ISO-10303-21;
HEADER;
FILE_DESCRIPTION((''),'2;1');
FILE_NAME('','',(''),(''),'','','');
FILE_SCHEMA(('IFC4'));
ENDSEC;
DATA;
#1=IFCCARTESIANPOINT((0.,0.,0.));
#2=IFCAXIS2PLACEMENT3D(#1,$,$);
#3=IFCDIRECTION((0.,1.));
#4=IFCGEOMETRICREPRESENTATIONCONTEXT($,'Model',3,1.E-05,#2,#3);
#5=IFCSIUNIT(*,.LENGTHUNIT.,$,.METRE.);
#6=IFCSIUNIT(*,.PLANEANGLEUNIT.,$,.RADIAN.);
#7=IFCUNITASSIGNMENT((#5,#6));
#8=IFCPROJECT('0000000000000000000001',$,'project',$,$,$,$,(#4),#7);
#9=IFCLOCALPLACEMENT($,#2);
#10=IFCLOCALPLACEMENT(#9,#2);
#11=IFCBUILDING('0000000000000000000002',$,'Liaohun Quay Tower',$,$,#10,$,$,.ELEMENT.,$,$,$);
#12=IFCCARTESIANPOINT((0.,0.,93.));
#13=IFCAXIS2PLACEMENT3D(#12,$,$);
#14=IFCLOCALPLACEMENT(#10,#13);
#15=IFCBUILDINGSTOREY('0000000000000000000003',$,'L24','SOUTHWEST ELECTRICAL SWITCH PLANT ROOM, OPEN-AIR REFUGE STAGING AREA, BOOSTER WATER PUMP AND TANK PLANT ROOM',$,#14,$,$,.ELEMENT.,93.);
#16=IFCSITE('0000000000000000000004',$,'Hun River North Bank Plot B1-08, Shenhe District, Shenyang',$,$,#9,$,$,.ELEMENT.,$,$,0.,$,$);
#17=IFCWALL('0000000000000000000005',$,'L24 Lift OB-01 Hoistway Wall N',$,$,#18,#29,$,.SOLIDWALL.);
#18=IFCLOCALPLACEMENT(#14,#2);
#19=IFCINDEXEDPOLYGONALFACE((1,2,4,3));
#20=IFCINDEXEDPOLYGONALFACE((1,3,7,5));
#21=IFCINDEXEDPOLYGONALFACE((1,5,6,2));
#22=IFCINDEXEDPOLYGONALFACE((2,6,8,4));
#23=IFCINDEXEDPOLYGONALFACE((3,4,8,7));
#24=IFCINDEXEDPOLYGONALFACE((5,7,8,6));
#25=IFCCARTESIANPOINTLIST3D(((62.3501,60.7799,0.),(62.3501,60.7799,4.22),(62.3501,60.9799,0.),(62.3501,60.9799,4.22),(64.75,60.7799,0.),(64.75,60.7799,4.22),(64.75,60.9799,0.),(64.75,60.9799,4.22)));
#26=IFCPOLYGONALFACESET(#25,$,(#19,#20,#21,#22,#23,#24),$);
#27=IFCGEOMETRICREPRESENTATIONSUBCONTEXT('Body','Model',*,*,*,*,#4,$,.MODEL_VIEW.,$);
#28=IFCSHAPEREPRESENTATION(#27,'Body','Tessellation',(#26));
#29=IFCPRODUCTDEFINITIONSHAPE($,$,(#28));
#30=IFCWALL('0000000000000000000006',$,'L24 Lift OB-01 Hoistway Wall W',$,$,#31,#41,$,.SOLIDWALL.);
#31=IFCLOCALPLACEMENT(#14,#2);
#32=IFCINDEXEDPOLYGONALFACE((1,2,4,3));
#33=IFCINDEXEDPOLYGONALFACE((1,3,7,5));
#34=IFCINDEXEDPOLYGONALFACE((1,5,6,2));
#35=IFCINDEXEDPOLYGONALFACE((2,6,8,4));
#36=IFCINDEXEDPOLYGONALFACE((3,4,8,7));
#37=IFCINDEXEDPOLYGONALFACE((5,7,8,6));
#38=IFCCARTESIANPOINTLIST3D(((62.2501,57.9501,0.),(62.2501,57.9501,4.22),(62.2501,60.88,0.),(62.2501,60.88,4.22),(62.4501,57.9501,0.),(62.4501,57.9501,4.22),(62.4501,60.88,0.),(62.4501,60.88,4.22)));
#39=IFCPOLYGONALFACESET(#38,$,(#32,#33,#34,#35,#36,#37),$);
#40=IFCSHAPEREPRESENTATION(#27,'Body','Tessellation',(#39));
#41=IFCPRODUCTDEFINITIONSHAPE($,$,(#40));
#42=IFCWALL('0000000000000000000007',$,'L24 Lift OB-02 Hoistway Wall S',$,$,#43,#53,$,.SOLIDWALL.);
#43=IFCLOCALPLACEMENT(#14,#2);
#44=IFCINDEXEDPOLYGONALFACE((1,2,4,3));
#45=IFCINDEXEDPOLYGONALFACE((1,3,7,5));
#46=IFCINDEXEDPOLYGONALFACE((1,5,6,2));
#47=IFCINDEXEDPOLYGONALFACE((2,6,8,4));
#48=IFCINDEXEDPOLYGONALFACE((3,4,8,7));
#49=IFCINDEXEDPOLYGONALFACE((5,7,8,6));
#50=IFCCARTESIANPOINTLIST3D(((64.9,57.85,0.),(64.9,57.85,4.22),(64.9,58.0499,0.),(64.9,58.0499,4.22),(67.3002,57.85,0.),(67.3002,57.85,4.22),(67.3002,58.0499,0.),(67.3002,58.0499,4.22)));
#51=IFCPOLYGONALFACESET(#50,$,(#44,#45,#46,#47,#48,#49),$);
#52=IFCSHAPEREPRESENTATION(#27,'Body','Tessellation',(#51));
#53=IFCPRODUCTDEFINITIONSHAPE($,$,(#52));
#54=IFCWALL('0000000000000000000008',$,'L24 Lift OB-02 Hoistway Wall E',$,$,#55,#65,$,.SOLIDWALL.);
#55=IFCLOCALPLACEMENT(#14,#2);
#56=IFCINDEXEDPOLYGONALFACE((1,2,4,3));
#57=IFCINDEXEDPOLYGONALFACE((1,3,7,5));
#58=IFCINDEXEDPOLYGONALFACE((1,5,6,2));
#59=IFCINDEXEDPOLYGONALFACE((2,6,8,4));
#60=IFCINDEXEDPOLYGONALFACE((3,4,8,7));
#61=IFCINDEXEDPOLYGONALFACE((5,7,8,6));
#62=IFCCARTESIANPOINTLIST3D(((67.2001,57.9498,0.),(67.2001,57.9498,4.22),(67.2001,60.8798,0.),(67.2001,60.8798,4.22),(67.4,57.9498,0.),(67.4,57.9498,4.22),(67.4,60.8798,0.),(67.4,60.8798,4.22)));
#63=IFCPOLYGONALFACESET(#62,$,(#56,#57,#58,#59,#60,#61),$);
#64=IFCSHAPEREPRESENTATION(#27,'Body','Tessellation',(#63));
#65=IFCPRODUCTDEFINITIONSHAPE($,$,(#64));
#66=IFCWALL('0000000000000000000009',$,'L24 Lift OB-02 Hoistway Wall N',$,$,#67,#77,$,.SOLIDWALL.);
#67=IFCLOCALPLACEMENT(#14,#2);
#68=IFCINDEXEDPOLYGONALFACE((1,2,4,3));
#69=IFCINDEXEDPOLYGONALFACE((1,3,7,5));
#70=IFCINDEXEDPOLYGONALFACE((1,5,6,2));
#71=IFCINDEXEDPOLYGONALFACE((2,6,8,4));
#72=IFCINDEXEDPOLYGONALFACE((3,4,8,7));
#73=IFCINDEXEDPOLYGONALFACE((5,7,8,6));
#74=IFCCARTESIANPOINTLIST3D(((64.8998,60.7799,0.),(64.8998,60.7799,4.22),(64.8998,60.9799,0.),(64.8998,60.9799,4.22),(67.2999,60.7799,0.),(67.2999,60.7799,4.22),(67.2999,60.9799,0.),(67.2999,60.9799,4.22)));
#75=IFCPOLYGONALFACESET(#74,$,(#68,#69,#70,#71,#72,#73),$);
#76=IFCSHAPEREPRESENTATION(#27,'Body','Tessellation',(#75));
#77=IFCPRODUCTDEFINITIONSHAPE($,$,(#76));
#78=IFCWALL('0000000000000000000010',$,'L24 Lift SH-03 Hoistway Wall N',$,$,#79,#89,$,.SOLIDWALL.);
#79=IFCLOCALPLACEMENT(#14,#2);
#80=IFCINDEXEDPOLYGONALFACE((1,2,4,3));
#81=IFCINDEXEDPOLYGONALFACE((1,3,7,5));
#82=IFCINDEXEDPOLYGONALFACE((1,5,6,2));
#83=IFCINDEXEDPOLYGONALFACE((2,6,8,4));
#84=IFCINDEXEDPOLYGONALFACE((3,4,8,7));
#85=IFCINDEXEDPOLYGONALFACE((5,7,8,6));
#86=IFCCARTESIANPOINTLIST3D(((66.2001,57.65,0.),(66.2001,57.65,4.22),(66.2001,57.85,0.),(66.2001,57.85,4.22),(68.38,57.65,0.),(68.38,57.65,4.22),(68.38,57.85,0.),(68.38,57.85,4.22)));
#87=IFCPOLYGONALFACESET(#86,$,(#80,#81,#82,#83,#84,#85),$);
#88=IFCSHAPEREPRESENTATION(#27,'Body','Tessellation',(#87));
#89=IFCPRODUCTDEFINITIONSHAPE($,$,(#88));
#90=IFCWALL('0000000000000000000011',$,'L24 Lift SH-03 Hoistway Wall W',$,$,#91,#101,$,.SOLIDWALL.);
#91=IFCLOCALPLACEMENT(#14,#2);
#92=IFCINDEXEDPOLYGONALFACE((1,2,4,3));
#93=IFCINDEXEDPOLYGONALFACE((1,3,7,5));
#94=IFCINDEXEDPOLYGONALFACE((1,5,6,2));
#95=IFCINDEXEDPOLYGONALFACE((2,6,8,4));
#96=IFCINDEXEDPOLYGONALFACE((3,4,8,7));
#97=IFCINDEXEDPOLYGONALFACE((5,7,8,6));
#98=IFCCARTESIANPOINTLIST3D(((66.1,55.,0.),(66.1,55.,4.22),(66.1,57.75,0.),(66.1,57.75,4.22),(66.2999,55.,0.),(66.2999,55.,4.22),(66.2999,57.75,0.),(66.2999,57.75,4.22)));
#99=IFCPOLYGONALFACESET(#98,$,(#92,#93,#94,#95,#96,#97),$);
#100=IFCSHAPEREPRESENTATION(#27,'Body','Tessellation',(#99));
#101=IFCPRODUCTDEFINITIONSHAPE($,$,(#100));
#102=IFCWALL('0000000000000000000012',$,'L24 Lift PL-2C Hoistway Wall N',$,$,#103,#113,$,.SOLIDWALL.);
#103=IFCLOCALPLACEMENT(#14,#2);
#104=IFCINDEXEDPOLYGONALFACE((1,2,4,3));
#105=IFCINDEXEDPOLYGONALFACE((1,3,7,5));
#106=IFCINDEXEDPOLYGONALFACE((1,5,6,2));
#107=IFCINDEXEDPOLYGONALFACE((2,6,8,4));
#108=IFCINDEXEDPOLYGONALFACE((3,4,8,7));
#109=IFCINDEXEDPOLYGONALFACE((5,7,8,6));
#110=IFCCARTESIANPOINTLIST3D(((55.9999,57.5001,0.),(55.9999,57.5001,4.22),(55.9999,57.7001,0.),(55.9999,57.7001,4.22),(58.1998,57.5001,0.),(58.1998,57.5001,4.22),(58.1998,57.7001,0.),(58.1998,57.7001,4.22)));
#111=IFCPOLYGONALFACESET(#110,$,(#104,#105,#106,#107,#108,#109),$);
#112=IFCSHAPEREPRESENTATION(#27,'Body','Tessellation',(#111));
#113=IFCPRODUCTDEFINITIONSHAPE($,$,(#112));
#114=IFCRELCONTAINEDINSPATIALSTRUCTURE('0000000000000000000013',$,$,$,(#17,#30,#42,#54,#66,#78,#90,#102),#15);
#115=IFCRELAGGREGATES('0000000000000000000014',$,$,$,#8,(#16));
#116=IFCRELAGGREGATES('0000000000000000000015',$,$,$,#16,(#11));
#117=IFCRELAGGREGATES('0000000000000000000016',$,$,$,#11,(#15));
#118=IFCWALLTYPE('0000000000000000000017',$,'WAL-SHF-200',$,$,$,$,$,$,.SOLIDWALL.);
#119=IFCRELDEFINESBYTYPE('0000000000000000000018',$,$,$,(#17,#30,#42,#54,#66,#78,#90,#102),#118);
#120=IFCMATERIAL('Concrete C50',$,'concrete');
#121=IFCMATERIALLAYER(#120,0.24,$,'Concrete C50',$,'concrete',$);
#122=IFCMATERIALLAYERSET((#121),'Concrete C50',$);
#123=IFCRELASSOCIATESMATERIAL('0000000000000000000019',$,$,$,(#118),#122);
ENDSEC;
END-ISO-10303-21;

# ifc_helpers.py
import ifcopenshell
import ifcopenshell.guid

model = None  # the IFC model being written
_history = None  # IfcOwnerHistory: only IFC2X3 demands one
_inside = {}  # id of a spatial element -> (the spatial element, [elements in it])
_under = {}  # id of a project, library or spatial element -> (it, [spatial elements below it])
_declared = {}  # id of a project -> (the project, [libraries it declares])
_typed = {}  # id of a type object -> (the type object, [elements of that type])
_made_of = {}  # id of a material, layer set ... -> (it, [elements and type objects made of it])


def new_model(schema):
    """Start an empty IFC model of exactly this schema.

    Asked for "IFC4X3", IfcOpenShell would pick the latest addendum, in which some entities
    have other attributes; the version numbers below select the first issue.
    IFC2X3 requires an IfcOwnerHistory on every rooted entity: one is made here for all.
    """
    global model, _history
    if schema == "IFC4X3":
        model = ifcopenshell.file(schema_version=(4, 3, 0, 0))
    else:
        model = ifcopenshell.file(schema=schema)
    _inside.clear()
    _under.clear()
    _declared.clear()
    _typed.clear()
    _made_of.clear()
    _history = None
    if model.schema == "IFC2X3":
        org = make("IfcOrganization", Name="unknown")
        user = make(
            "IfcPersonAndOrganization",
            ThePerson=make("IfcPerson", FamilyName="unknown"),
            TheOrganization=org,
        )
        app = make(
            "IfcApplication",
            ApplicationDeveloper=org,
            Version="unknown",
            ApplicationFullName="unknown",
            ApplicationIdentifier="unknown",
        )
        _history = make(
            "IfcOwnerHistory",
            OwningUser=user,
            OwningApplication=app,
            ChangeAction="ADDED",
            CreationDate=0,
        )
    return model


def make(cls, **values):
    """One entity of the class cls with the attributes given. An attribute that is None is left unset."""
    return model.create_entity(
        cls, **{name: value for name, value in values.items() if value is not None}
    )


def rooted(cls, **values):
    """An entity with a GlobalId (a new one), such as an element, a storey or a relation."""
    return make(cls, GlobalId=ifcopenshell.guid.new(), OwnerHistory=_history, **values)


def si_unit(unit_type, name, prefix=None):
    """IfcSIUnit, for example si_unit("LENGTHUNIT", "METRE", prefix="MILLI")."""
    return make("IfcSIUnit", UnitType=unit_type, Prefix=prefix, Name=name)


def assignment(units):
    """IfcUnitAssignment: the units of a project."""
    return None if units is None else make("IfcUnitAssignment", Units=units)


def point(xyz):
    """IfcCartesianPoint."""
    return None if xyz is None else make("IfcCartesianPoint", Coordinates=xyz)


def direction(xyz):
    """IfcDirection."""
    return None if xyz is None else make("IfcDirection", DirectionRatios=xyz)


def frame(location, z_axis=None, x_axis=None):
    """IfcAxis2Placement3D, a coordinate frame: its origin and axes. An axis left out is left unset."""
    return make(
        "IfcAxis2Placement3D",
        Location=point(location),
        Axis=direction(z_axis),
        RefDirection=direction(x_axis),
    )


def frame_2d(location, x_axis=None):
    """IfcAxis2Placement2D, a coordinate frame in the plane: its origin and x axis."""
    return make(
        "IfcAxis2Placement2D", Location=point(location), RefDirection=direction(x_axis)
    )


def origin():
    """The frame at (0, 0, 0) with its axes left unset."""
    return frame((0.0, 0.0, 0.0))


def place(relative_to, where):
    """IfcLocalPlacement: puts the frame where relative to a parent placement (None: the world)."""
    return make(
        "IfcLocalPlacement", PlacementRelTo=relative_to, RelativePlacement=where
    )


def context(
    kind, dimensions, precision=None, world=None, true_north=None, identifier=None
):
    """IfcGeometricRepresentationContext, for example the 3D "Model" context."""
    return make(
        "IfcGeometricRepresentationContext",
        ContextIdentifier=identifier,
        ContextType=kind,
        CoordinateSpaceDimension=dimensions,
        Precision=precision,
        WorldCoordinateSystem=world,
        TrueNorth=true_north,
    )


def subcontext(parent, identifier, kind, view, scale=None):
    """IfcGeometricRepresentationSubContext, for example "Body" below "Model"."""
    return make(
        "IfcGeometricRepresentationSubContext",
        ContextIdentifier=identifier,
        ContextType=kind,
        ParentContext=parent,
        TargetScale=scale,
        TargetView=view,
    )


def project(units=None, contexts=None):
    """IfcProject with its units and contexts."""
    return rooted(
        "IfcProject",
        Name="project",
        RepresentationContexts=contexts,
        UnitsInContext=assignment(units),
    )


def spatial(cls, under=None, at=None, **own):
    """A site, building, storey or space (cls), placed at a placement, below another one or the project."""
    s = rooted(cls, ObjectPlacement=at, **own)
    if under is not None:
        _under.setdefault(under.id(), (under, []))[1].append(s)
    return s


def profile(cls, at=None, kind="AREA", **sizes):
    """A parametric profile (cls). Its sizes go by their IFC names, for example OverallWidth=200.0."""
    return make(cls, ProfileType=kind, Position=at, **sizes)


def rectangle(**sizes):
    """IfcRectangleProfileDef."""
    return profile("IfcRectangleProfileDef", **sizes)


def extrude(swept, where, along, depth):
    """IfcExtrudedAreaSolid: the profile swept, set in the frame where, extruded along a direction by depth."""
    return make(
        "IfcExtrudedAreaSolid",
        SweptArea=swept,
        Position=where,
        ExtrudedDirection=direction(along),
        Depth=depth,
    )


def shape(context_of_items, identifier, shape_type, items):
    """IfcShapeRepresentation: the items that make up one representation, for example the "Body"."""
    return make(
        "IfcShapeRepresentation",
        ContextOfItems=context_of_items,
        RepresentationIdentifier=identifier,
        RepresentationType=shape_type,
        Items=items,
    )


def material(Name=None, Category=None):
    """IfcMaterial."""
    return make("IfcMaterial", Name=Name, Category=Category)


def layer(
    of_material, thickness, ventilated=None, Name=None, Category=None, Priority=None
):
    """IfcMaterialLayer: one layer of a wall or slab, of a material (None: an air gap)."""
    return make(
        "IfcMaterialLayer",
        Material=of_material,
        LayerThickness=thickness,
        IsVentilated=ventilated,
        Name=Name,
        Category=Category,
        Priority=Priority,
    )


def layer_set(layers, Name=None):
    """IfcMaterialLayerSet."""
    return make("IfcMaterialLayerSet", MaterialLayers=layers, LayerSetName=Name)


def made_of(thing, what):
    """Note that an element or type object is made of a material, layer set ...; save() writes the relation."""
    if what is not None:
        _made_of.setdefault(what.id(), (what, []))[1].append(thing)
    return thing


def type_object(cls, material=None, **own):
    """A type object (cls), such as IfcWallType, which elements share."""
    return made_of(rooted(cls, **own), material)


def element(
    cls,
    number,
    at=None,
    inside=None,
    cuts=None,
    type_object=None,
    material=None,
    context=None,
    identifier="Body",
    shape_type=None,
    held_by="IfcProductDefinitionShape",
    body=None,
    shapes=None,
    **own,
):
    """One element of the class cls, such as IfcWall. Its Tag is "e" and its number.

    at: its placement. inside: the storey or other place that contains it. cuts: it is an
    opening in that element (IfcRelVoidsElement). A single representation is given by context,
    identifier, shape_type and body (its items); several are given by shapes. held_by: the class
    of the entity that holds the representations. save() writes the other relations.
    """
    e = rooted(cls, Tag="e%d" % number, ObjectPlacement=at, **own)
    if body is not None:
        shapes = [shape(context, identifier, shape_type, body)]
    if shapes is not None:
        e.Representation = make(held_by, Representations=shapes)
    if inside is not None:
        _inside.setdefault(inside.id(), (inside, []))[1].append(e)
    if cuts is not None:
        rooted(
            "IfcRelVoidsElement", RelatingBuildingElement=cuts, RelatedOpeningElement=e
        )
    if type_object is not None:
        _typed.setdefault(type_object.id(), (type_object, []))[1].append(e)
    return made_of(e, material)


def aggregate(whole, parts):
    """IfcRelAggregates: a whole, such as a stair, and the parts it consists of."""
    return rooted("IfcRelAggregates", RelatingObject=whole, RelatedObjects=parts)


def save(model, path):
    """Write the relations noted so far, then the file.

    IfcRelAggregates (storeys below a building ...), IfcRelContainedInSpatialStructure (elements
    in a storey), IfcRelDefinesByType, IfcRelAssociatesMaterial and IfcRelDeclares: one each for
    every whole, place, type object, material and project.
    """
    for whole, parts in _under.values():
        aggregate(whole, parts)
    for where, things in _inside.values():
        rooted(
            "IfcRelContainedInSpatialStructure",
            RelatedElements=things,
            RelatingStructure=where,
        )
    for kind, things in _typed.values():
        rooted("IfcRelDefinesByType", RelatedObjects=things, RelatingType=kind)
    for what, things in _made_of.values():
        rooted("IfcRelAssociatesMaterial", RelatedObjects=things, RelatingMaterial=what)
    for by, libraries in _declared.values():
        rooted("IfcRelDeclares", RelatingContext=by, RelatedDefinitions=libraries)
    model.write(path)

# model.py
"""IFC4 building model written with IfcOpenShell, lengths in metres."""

from ifc_helpers import new_model, si_unit, direction, frame, frame_2d, origin, place, context, subcontext, project, spatial, rectangle, extrude, material, layer, layer_set, type_object, element, save


model = new_model("IFC4")

# Units and contexts
model_context = context("Model", 3, precision=1e-05, world=origin(), true_north=direction((0.0, 1.0)))
body_context = subcontext(model_context, "Body", "Model", "MODEL_VIEW")
ifc_project = project(units=[si_unit("LENGTHUNIT", "METRE"), si_unit("PLANEANGLEUNIT", "RADIAN")], contexts=[model_context])

# Site, building, storey
site_placement = place(None, origin())
site = spatial("IfcSite", under=ifc_project, at=site_placement, Name="Hun River North Bank Plot B1-08, Shenhe District, Shenyang", CompositionType="ELEMENT", RefElevation=0.0)
building_placement = place(site_placement, origin())
building = spatial("IfcBuilding", under=site, at=building_placement, Name="Liaohun Quay Tower", CompositionType="ELEMENT")
storey_placement = place(building_placement, frame((0.0, 0.0, 93.0)))
storey = spatial("IfcBuildingStorey", under=building, at=storey_placement, Name="L24", Description="SOUTHWEST ELECTRICAL SWITCH PLANT ROOM, OPEN-AIR REFUGE STAGING AREA, BOOSTER WATER PUMP AND TANK PLANT ROOM", CompositionType="ELEMENT", Elevation=93.0)

# Walls
ifc_material_1 = material(Name="Concrete C50", Category="concrete")
ifc_layer_1 = layer(ifc_material_1, 0.24, Name="Concrete C50", Category="concrete")
ifc_layer_set_1 = layer_set([ifc_layer_1], Name="Concrete C50")
wall_type_1 = type_object("IfcWallType", Name="WAL-SHF-200", PredefinedType="SOLIDWALL", material=ifc_layer_set_1)
wall_1_placement = place(storey_placement, frame((64.75, 60.8799, 0.0), z_axis=(0.0, 0.0, 1.0), x_axis=(-1.0, 0.0, 0.0)))
element("IfcWall", 1, at=wall_1_placement, inside=storey, type_object=wall_type_1, Name="L24 Lift OB-01 Hoistway Wall N", PredefinedType="SOLIDWALL", context=body_context, shape_type="SweptSolid", body=[
    extrude(rectangle(XDim=2.3999, YDim=0.2, at=frame_2d((1.2, 0.0))), origin(), (0.0, 0.0, 1.0), 4.22),
])
wall_2_placement = place(storey_placement, frame((62.3501, 60.8799, 0.0), z_axis=(0.0, 0.0, 1.0), x_axis=(0.0, -1.0, 0.0)))
element("IfcWall", 2, at=wall_2_placement, inside=storey, type_object=wall_type_1, Name="L24 Lift OB-01 Hoistway Wall W", PredefinedType="SOLIDWALL", context=body_context, shape_type="SweptSolid", body=[
    extrude(rectangle(XDim=2.9299, YDim=0.2, at=frame_2d((1.4648, 0.0))), origin(), (0.0, 0.0, 1.0), 4.22),
])
wall_3_placement = place(storey_placement, frame((64.8999, 57.95, 0.0), z_axis=(0.0, 0.0, 1.0), x_axis=(1.0, 0.0, 0.0)))
element("IfcWall", 3, at=wall_3_placement, inside=storey, type_object=wall_type_1, Name="L24 Lift OB-02 Hoistway Wall S", PredefinedType="SOLIDWALL", context=body_context, shape_type="SweptSolid", body=[
    extrude(rectangle(XDim=2.4001, YDim=0.2, at=frame_2d((1.2002, 0.0))), origin(), (0.0, 0.0, 1.0), 4.22),
])
wall_4_placement = place(storey_placement, frame((67.3, 57.95, 0.0), z_axis=(0.0, 0.0, 1.0), x_axis=(0.0, 1.0, 0.0)))
element("IfcWall", 4, at=wall_4_placement, inside=storey, type_object=wall_type_1, Name="L24 Lift OB-02 Hoistway Wall E", PredefinedType="SOLIDWALL", context=body_context, shape_type="SweptSolid", body=[
    extrude(rectangle(XDim=2.9299, YDim=0.2, at=frame_2d((1.4648, 0.0))), origin(), (0.0, 0.0, 1.0), 4.22),
])
wall_5_placement = place(storey_placement, frame((67.3, 60.8799, 0.0), z_axis=(0.0, 0.0, 1.0), x_axis=(-1.0, 0.0, 0.0)))
element("IfcWall", 5, at=wall_5_placement, inside=storey, type_object=wall_type_1, Name="L24 Lift OB-02 Hoistway Wall N", PredefinedType="SOLIDWALL", context=body_context, shape_type="SweptSolid", body=[
    extrude(rectangle(XDim=2.4001, YDim=0.2, at=frame_2d((1.2002, 0.0))), origin(), (0.0, 0.0, 1.0), 4.22),
])
wall_6_placement = place(storey_placement, frame((68.3799, 57.75, 0.0), z_axis=(0.0, 0.0, 1.0), x_axis=(-1.0, 0.0, 0.0)))
element("IfcWall", 6, at=wall_6_placement, inside=storey, type_object=wall_type_1, Name="L24 Lift SH-03 Hoistway Wall N", PredefinedType="SOLIDWALL", context=body_context, shape_type="SweptSolid", body=[
    extrude(rectangle(XDim=2.1799, YDim=0.2, at=frame_2d((1.0898, 0.0))), origin(), (0.0, 0.0, 1.0), 4.22),
])
wall_7_placement = place(storey_placement, frame((66.2, 57.75, 0.0), z_axis=(0.0, 0.0, 1.0), x_axis=(0.0, -1.0, 0.0)))
element("IfcWall", 7, at=wall_7_placement, inside=storey, type_object=wall_type_1, Name="L24 Lift SH-03 Hoistway Wall W", PredefinedType="SOLIDWALL", context=body_context, shape_type="SweptSolid", body=[
    extrude(rectangle(XDim=2.75, YDim=0.2, at=frame_2d((1.375, 0.0))), origin(), (0.0, 0.0, 1.0), 4.22),
])
wall_8_placement = place(storey_placement, frame((58.2, 57.6001, 0.0), z_axis=(0.0, 0.0, 1.0), x_axis=(-1.0, 0.0, 0.0)))
element("IfcWall", 8, at=wall_8_placement, inside=storey, type_object=wall_type_1, Name="L24 Lift PL-2C Hoistway Wall N", PredefinedType="SOLIDWALL", context=body_context, shape_type="SweptSolid", body=[
    extrude(rectangle(XDim=2.2, YDim=0.2, at=frame_2d((1.1001, 0.0))), origin(), (0.0, 0.0, 1.0), 4.22),
])

save(model, "model.ifc")
